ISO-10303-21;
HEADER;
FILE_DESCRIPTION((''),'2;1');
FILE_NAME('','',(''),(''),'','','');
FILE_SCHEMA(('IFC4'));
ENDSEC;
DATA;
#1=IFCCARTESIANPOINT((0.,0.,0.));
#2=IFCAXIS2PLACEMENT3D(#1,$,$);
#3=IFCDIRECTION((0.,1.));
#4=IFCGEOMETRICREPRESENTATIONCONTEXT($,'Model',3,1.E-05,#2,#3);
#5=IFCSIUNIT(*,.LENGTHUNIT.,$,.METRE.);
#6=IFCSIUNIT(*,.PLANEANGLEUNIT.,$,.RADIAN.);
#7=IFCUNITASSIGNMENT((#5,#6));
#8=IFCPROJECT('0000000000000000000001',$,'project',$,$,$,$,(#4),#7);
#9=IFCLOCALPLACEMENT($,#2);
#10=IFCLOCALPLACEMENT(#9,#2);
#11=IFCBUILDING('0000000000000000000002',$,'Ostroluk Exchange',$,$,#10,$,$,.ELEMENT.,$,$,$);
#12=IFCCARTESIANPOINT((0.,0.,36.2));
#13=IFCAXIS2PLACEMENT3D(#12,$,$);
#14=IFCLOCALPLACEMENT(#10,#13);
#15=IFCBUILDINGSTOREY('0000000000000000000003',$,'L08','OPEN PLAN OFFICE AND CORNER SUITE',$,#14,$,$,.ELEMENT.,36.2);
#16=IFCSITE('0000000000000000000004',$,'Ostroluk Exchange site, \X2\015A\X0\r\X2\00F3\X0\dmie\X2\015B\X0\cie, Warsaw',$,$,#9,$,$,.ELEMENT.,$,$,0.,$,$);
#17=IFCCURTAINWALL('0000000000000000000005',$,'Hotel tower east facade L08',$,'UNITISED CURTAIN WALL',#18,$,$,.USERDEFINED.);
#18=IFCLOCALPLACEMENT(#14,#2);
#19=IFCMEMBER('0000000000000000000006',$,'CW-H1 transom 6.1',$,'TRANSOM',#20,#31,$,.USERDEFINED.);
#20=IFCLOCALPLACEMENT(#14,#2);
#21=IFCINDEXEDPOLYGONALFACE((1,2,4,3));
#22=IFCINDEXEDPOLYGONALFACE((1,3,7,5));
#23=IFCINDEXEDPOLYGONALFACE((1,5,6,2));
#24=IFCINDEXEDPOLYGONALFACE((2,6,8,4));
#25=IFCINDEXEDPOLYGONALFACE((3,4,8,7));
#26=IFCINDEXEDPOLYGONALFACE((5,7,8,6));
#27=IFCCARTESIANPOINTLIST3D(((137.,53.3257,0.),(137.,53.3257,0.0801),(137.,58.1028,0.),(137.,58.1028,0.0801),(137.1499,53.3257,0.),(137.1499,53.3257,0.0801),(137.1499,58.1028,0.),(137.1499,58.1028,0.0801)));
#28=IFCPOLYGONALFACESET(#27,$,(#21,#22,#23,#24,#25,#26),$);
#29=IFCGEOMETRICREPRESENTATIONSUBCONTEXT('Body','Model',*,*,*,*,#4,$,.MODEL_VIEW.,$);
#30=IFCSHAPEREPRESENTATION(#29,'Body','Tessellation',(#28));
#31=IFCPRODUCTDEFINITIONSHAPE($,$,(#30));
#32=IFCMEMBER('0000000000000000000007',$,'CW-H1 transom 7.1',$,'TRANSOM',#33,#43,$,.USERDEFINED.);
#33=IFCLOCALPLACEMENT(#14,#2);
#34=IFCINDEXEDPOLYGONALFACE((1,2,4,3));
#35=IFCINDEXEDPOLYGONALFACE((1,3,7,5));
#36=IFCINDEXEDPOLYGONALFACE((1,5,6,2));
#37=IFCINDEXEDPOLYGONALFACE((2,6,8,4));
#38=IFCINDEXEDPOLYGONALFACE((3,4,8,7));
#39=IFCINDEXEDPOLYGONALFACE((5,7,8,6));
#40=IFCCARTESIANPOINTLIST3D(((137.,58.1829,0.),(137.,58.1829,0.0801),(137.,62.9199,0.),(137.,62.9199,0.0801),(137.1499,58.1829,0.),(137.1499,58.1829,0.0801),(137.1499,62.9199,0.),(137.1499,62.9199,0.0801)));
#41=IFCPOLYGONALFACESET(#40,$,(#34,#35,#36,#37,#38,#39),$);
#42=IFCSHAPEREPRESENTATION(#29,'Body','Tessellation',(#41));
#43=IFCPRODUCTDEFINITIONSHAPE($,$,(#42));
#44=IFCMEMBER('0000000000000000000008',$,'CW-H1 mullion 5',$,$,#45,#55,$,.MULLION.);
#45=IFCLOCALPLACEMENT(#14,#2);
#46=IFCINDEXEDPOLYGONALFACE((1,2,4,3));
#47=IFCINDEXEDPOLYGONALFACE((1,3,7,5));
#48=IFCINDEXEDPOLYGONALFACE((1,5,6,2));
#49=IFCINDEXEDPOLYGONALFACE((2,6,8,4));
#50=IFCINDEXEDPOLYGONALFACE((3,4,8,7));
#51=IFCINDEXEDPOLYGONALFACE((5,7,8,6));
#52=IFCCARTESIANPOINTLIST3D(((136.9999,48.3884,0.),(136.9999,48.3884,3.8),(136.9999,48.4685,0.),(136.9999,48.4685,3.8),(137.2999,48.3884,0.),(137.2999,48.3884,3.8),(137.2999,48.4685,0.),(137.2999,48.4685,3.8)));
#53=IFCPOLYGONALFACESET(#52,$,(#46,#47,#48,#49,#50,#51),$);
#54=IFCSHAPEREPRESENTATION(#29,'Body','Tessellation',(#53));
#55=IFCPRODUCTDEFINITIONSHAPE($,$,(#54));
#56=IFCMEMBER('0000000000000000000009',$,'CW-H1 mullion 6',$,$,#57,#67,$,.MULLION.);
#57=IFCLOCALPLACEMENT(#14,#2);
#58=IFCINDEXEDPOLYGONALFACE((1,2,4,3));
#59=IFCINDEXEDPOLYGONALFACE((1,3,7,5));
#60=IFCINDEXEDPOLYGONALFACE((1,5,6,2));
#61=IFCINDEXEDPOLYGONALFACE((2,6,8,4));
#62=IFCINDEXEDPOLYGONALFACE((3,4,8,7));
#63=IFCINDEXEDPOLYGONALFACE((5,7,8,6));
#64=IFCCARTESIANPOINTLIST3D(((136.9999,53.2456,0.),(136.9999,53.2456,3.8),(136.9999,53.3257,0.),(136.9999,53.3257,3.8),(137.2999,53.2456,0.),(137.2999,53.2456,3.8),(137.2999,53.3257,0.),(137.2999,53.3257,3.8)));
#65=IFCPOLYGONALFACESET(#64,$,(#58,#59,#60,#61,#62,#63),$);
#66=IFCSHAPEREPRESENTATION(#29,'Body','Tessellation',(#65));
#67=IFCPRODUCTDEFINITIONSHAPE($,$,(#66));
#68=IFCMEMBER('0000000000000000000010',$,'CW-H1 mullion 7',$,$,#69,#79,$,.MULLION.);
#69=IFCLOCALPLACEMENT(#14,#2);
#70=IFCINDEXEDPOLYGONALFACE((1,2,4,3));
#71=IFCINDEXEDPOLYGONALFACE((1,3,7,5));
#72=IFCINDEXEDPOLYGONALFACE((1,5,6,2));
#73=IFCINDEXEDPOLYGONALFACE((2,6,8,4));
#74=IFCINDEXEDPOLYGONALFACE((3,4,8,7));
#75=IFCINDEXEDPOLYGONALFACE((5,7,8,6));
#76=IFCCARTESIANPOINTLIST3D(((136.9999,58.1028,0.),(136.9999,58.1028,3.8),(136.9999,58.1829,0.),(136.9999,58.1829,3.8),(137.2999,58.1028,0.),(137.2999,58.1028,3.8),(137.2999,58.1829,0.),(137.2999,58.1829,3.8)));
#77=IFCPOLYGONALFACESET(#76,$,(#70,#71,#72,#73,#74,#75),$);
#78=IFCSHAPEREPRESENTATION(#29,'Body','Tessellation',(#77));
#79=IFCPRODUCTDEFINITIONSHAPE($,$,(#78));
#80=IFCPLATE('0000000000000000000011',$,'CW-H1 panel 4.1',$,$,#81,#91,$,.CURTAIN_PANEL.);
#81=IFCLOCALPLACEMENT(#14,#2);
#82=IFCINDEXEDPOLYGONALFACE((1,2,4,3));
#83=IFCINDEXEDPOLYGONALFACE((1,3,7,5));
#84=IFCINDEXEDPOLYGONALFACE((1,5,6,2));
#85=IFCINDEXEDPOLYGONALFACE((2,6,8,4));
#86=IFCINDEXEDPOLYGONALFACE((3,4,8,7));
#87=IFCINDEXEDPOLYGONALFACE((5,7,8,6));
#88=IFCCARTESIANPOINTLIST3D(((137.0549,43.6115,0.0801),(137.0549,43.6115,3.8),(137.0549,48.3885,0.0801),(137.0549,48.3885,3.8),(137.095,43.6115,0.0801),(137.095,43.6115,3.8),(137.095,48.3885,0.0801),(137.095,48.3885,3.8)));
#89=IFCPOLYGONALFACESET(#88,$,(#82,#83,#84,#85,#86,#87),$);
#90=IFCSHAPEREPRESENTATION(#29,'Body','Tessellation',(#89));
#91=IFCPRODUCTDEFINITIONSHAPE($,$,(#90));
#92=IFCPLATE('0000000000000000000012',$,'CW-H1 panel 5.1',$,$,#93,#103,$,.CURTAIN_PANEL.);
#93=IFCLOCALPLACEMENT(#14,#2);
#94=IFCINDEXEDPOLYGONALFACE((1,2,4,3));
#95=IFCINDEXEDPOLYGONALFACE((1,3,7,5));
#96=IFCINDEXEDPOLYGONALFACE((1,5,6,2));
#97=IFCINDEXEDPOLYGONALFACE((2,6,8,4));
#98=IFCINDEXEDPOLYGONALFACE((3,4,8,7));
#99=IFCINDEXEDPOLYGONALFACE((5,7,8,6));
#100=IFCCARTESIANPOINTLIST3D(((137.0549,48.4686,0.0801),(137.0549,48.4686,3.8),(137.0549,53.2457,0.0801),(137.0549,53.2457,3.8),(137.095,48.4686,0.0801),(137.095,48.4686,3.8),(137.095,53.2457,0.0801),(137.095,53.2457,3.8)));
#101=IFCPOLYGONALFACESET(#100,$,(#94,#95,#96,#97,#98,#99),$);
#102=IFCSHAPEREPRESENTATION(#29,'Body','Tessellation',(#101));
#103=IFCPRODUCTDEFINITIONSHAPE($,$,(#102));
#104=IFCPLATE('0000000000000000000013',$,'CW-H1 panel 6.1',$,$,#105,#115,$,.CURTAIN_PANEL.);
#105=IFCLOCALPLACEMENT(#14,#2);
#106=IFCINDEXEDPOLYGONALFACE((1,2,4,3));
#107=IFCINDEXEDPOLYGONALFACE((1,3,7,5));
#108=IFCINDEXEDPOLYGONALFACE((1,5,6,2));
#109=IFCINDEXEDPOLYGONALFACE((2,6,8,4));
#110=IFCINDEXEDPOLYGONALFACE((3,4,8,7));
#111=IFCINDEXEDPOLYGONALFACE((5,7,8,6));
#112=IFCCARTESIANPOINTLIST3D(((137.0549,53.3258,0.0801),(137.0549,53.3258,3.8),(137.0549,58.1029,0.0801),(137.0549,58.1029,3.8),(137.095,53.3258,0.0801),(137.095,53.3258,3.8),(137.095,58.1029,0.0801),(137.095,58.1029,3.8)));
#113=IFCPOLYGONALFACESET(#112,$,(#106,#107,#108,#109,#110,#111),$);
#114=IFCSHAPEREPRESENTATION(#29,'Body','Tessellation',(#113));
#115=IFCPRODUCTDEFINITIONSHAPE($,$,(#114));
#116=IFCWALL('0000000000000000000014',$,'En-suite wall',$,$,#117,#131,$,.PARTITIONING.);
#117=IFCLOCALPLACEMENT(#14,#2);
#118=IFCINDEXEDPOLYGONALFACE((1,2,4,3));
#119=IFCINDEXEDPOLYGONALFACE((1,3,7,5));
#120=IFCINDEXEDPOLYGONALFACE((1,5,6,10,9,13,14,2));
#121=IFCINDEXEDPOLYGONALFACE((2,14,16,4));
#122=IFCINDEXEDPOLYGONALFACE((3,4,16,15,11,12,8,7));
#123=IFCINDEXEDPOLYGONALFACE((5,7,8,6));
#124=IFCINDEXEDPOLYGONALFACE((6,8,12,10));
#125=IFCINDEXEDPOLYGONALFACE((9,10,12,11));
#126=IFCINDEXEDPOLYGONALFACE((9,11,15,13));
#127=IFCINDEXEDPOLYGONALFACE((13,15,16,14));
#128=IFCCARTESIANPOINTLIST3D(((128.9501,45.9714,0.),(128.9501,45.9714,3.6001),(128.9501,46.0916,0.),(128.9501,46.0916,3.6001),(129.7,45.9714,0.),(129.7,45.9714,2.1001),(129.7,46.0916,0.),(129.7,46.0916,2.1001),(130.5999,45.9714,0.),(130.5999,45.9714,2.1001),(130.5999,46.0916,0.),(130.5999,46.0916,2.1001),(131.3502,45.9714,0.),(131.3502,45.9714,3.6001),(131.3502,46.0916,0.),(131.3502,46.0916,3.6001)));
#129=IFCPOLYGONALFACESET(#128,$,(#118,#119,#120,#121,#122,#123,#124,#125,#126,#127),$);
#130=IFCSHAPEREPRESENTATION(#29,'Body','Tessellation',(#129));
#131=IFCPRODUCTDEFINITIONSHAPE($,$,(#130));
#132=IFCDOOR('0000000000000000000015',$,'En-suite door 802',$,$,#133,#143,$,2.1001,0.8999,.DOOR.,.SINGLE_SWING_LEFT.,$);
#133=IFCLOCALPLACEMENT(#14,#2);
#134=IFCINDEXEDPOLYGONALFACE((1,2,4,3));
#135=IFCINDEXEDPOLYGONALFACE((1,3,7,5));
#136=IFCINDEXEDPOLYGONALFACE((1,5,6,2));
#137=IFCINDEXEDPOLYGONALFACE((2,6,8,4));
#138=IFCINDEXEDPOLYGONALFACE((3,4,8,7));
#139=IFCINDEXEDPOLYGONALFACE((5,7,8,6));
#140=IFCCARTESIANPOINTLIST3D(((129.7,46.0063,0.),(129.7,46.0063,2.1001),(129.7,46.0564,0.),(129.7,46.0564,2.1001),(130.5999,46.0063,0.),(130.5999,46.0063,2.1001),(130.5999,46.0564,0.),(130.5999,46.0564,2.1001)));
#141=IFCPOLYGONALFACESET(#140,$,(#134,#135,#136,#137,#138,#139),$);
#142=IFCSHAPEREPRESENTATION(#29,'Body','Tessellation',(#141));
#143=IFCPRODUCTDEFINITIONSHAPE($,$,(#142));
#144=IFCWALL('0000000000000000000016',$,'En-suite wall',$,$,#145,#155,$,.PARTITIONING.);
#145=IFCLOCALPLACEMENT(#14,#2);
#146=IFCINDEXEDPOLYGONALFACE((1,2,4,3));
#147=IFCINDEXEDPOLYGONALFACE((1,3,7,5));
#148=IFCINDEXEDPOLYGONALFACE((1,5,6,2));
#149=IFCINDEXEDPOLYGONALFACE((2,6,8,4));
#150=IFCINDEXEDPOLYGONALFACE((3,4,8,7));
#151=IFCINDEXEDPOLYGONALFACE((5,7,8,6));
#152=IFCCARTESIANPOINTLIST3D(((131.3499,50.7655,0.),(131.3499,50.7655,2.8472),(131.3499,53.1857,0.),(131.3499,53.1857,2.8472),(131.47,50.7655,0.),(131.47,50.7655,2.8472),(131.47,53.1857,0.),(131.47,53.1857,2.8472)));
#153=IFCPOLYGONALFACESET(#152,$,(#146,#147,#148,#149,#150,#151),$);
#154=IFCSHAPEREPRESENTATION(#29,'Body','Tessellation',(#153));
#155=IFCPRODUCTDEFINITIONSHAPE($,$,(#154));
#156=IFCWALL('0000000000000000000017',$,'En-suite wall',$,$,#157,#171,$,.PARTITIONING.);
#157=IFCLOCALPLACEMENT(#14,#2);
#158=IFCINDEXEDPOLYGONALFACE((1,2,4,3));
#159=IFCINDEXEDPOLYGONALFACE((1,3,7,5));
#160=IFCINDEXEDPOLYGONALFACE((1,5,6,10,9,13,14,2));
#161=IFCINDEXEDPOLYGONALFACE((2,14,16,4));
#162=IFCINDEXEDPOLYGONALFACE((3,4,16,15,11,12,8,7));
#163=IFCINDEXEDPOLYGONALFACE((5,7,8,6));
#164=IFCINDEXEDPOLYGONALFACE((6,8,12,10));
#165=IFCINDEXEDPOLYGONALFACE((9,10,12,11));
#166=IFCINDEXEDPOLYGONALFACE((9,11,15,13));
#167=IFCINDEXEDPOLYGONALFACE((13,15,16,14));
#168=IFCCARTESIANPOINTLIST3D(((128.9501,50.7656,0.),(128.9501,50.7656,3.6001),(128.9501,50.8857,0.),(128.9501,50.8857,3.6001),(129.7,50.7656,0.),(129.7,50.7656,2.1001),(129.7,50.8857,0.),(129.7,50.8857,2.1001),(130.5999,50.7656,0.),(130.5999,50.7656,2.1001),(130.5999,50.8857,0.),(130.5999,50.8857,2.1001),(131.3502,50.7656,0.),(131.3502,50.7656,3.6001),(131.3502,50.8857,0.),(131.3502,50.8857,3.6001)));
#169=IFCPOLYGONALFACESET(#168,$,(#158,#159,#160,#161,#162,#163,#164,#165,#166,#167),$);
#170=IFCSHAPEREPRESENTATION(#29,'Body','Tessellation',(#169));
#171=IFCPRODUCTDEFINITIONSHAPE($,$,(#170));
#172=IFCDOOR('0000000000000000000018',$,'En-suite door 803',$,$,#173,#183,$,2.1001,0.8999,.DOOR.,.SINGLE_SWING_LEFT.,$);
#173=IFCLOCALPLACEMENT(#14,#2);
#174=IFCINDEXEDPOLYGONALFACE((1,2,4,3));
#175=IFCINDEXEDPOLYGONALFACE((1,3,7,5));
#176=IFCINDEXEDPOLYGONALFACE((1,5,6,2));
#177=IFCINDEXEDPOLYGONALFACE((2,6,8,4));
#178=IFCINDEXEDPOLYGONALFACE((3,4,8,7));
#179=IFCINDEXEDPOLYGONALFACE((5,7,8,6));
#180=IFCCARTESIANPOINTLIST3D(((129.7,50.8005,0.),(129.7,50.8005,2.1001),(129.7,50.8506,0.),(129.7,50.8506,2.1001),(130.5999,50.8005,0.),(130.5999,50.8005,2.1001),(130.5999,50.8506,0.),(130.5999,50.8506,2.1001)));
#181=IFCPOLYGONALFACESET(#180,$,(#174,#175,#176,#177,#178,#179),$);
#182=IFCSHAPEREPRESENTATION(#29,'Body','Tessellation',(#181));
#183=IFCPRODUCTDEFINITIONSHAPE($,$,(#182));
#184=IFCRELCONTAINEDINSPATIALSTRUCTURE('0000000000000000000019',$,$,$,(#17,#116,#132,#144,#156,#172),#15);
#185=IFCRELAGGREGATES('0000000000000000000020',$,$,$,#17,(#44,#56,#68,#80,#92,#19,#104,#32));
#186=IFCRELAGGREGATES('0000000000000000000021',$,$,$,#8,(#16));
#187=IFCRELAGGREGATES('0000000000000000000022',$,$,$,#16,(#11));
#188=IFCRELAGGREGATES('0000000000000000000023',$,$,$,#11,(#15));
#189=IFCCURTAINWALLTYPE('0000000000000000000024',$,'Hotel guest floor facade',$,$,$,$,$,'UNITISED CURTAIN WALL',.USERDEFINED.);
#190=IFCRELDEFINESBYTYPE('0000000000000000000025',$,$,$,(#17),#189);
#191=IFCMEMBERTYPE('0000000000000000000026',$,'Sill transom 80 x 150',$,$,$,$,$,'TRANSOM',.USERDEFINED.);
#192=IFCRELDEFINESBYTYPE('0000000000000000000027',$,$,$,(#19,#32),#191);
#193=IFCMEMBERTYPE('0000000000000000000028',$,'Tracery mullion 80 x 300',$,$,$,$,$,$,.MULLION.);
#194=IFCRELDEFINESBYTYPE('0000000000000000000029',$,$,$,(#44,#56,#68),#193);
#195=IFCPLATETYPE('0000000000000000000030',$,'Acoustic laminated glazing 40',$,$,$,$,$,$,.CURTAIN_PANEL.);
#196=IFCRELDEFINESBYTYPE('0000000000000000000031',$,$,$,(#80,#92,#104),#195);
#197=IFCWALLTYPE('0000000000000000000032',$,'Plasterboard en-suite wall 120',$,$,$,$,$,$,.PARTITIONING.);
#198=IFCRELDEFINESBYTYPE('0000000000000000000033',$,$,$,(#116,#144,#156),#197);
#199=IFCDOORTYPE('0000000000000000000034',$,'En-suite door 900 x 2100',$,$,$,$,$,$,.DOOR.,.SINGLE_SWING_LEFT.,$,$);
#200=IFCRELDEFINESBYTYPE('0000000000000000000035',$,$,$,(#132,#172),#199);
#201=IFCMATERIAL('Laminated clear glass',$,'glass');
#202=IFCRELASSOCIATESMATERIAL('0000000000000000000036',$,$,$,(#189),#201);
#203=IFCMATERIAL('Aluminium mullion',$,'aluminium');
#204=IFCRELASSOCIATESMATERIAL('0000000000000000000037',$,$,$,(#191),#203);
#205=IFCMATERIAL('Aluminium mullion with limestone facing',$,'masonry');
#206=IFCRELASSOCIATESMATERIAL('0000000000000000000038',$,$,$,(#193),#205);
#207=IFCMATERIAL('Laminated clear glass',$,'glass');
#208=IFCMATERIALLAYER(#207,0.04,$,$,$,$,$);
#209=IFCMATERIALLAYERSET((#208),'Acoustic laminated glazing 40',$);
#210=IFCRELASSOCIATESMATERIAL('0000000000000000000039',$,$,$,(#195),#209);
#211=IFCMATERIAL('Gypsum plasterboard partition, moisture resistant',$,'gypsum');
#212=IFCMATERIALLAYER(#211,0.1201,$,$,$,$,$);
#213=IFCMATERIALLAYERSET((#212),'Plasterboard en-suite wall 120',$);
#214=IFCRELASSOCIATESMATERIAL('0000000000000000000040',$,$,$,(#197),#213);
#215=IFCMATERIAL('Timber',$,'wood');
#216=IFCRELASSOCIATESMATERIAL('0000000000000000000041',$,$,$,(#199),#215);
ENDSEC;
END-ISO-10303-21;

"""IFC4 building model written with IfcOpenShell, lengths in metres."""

from ifc_helpers import new_model, si_unit, direction, frame, frame_2d, origin, origin_2d, place, context, subcontext, project, spatial, rectangle, extrude, material, layer, layer_set, material_profile, profile_set, type_object, element, fill, aggregate, save


model = new_model("IFC4")

# Units and contexts
model_context = context("Model", 3, precision=1e-05, world=origin(), true_north=direction((0.0, 1.0)))
body_context = subcontext(model_context, "Body", "Model", "MODEL_VIEW")
ifc_project = project(units=[si_unit("LENGTHUNIT", "METRE"), si_unit("PLANEANGLEUNIT", "RADIAN")], contexts=[model_context])

# Site, building, storey
site_placement = place(None, origin())
site = spatial("IfcSite", under=ifc_project, at=site_placement, Name="Ostroluk Exchange site, Śródmieście, Warsaw", CompositionType="ELEMENT", RefElevation=0.0)
building_placement = place(site_placement, origin())
building = spatial("IfcBuilding", under=site, at=building_placement, Name="Ostroluk Exchange", CompositionType="ELEMENT")
storey_placement = place(building_placement, frame((0.0, 0.0, 36.2)))
storey = spatial("IfcBuildingStorey", under=building, at=storey_placement, Name="L08", Description="OPEN PLAN OFFICE AND CORNER SUITE", CompositionType="ELEMENT", Elevation=36.2)

# Curtain wall, members, plates
ifc_material_1 = material(Name="Laminated clear glass", Category="glass")
curtain_wall_type = type_object("IfcCurtainWallType", Name="Hotel guest floor facade", ElementType="UNITISED CURTAIN WALL", PredefinedType="USERDEFINED", material=ifc_material_1)
curtain_wall_placement = place(storey_placement, origin())
curtain_wall = element("IfcCurtainWall", 1, at=curtain_wall_placement, inside=storey, type_object=curtain_wall_type, Name="Hotel tower east facade L08", ObjectType="UNITISED CURTAIN WALL", PredefinedType="USERDEFINED")
ifc_material_2 = material(Name="Aluminium mullion", Category="aluminium")
ifc_material_profile_1 = material_profile(ifc_material_2, rectangle(XDim=0.1499, YDim=0.0801, at=origin_2d()), Name="Sill transom 80 x 150")
ifc_profile_set_1 = profile_set([ifc_material_profile_1], Name="Aluminium mullion")
member_type_1 = type_object("IfcMemberType", Name="Sill transom 80 x 150", ElementType="TRANSOM", PredefinedType="USERDEFINED", material=ifc_profile_set_1)
member_1_placement = place(storey_placement, frame((137.075, 53.3257, 0.04), z_axis=(0.0, 1.0, 0.0), x_axis=(-1.0, 0.0, 0.0)))
member_1 = element("IfcMember", 2, at=member_1_placement, type_object=member_type_1, Name="CW-H1 transom 6.1", ObjectType="TRANSOM", PredefinedType="USERDEFINED", context=body_context, shape_type="SweptSolid", body=[
    extrude(rectangle(XDim=0.1499, YDim=0.0801, at=origin_2d()), origin(), (0.0, 0.0, 1.0), 4.7771),
])
member_2_placement = place(storey_placement, frame((137.075, 58.1829, 0.04), z_axis=(0.0, 1.0, 0.0), x_axis=(-1.0, 0.0, 0.0)))
member_2 = element("IfcMember", 3, at=member_2_placement, type_object=member_type_1, Name="CW-H1 transom 7.1", ObjectType="TRANSOM", PredefinedType="USERDEFINED", context=body_context, shape_type="SweptSolid", body=[
    extrude(rectangle(XDim=0.1499, YDim=0.0801, at=origin_2d()), origin(), (0.0, 0.0, 1.0), 4.7371),
])
ifc_material_3 = material(Name="Aluminium mullion with limestone facing", Category="masonry")
ifc_material_profile_2 = material_profile(ifc_material_3, rectangle(XDim=0.3, YDim=0.0801, at=origin_2d()), Name="Tracery mullion 80 x 300")
ifc_profile_set_2 = profile_set([ifc_material_profile_2], Name="Aluminium mullion with limestone facing")
member_type_2 = type_object("IfcMemberType", Name="Tracery mullion 80 x 300", PredefinedType="MULLION", material=ifc_profile_set_2)
member_3_placement = place(storey_placement, frame((137.1499, 48.4285, 0.0), z_axis=(0.0, 0.0, 1.0), x_axis=(-1.0, 0.0, 0.0)))
member_3 = element("IfcMember", 4, at=member_3_placement, type_object=member_type_2, Name="CW-H1 mullion 5", PredefinedType="MULLION", context=body_context, shape_type="SweptSolid", body=[
    extrude(rectangle(XDim=0.3, YDim=0.0801, at=origin_2d()), origin(), (0.0, 0.0, 1.0), 3.8),
])
member_4_placement = place(storey_placement, frame((137.1499, 53.2856, 0.0), z_axis=(0.0, 0.0, 1.0), x_axis=(-1.0, 0.0, 0.0)))
member_4 = element("IfcMember", 5, at=member_4_placement, type_object=member_type_2, Name="CW-H1 mullion 6", PredefinedType="MULLION", context=body_context, shape_type="SweptSolid", body=[
    extrude(rectangle(XDim=0.3, YDim=0.0801, at=origin_2d()), origin(), (0.0, 0.0, 1.0), 3.8),
])
member_5_placement = place(storey_placement, frame((137.1499, 58.1428, 0.0), z_axis=(0.0, 0.0, 1.0), x_axis=(-1.0, 0.0, 0.0)))
member_5 = element("IfcMember", 6, at=member_5_placement, type_object=member_type_2, Name="CW-H1 mullion 7", PredefinedType="MULLION", context=body_context, shape_type="SweptSolid", body=[
    extrude(rectangle(XDim=0.3, YDim=0.0801, at=origin_2d()), origin(), (0.0, 0.0, 1.0), 3.8),
])
ifc_material_4 = material(Name="Laminated clear glass", Category="glass")
ifc_layer_1 = layer(ifc_material_4, 0.04)
ifc_layer_set_1 = layer_set([ifc_layer_1], Name="Acoustic laminated glazing 40")
plate_type = type_object("IfcPlateType", Name="Acoustic laminated glazing 40", PredefinedType="CURTAIN_PANEL", material=ifc_layer_set_1)
plate_1_placement = place(storey_placement, frame((137.075, 46.0, 0.0801), z_axis=(0.0, 0.0, 1.0), x_axis=(0.0, 1.0, 0.0)))
plate_1 = element("IfcPlate", 7, at=plate_1_placement, type_object=plate_type, Name="CW-H1 panel 4.1", PredefinedType="CURTAIN_PANEL", context=body_context, shape_type="SweptSolid", body=[
    extrude(rectangle(XDim=4.7771, YDim=0.04, at=origin_2d()), origin(), (0.0, 0.0, 1.0), 3.72),
])
plate_2_placement = place(storey_placement, frame((137.075, 50.8572, 0.0801), z_axis=(0.0, 0.0, 1.0), x_axis=(0.0, 1.0, 0.0)))
plate_2 = element("IfcPlate", 8, at=plate_2_placement, type_object=plate_type, Name="CW-H1 panel 5.1", PredefinedType="CURTAIN_PANEL", context=body_context, shape_type="SweptSolid", body=[
    extrude(rectangle(XDim=4.7771, YDim=0.04, at=origin_2d()), origin(), (0.0, 0.0, 1.0), 3.72),
])
plate_3_placement = place(storey_placement, frame((137.075, 55.7144, 0.0801), z_axis=(0.0, 0.0, 1.0), x_axis=(0.0, 1.0, 0.0)))
plate_3 = element("IfcPlate", 9, at=plate_3_placement, type_object=plate_type, Name="CW-H1 panel 6.1", PredefinedType="CURTAIN_PANEL", context=body_context, shape_type="SweptSolid", body=[
    extrude(rectangle(XDim=4.7771, YDim=0.04, at=origin_2d()), origin(), (0.0, 0.0, 1.0), 3.72),
])
aggregate(curtain_wall, [member_3, member_4, member_5, plate_1, plate_2, member_1, plate_3, member_2])

# Wall, opening, door
ifc_material_5 = material(Name="Gypsum plasterboard partition, moisture resistant", Category="gypsum")
ifc_layer_2 = layer(ifc_material_5, 0.1201)
ifc_layer_set_2 = layer_set([ifc_layer_2], Name="Plasterboard en-suite wall 120")
wall_type_1 = type_object("IfcWallType", Name="Plasterboard en-suite wall 120", PredefinedType="PARTITIONING", material=ifc_layer_set_2)
wall_1_placement = place(storey_placement, frame((128.95, 46.0315, 0.0), z_axis=(0.0, 0.0, 1.0), x_axis=(1.0, 0.0, 0.0)))
wall_1 = element("IfcWall", 10, at=wall_1_placement, inside=storey, type_object=wall_type_1, Name="En-suite wall", PredefinedType="PARTITIONING", context=body_context, shape_type="SweptSolid", body=[
    extrude(rectangle(XDim=2.4001, YDim=0.1201, at=frame_2d((1.2002, 0.0))), origin(), (0.0, 0.0, 1.0), 3.6001),
])
opening_1_placement = place(wall_1_placement, frame((0.75, 0.0, 0.0)))
opening_1 = element("IfcOpeningElement", 11, at=opening_1_placement, cuts=wall_1, PredefinedType="OPENING", context=body_context, shape_type="SweptSolid", body=[
    extrude(rectangle(XDim=0.8999, YDim=2.1001, at=frame_2d((0.45, 1.05))), frame((0.0, 0.0701, 0.0), z_axis=(0.0, -1.0, 0.0), x_axis=(1.0, 0.0, 0.0)), (0.0, 0.0, 1.0), 0.1401),
])
ifc_material_6 = material(Name="Timber", Category="wood")
door_type_1 = type_object("IfcDoorType", Name="En-suite door 900 x 2100", OperationType="SINGLE_SWING_LEFT", PredefinedType="DOOR", material=ifc_material_6)
door_1_placement = place(opening_1_placement, origin())
door_1 = element("IfcDoor", 12, at=door_1_placement, inside=storey, type_object=door_type_1, Name="En-suite door 802", OperationType="SINGLE_SWING_LEFT", OverallHeight=2.1001, OverallWidth=0.8999, PredefinedType="DOOR", context=body_context, shape_type="SweptSolid", body=[
    extrude(rectangle(XDim=0.8999, YDim=2.1001, at=frame_2d((0.45, 1.05))), frame((0.0, 0.0249, 0.0), z_axis=(0.0, -1.0, 0.0), x_axis=(1.0, 0.0, 0.0)), (0.0, 0.0, 1.0), 0.05),
])
fill(opening_1, door_1)

# Wall
wall_2_placement = place(storey_placement, frame((131.4099, 50.7656, 0.0), z_axis=(0.0, 0.0, 1.0), x_axis=(0.0, 1.0, 0.0)))
element("IfcWall", 13, at=wall_2_placement, inside=storey, type_object=wall_type_1, Name="En-suite wall", PredefinedType="PARTITIONING", context=body_context, shape_type="SweptSolid", body=[
    extrude(rectangle(XDim=2.4202, YDim=0.1201, at=frame_2d((1.21, 0.0))), origin(), (0.0, 0.0, 1.0), 2.8472),
])

# Wall, opening, door
wall_3_placement = place(storey_placement, frame((128.95, 50.8257, 0.0), z_axis=(0.0, 0.0, 1.0), x_axis=(1.0, 0.0, 0.0)))
wall_3 = element("IfcWall", 14, at=wall_3_placement, inside=storey, type_object=wall_type_1, Name="En-suite wall", PredefinedType="PARTITIONING", context=body_context, shape_type="SweptSolid", body=[
    extrude(rectangle(XDim=2.4001, YDim=0.1201, at=frame_2d((1.2002, 0.0))), origin(), (0.0, 0.0, 1.0), 3.6001),
])
opening_2_placement = place(wall_3_placement, frame((0.75, 0.0, 0.0)))
opening_2 = element("IfcOpeningElement", 15, at=opening_2_placement, cuts=wall_3, PredefinedType="OPENING", context=body_context, shape_type="SweptSolid", body=[
    extrude(rectangle(XDim=0.8999, YDim=2.1001, at=frame_2d((0.45, 1.05))), frame((0.0, 0.0701, 0.0), z_axis=(0.0, -1.0, 0.0), x_axis=(1.0, 0.0, 0.0)), (0.0, 0.0, 1.0), 0.1401),
])
door_2_placement = place(opening_2_placement, origin())
door_2 = element("IfcDoor", 16, at=door_2_placement, inside=storey, type_object=door_type_1, Name="En-suite door 803", OperationType="SINGLE_SWING_LEFT", OverallHeight=2.1001, OverallWidth=0.8999, PredefinedType="DOOR", context=body_context, shape_type="SweptSolid", body=[
    extrude(rectangle(XDim=0.8999, YDim=2.1001, at=frame_2d((0.45, 1.05))), frame((0.0, 0.0249, 0.0), z_axis=(0.0, -1.0, 0.0), x_axis=(1.0, 0.0, 0.0)), (0.0, 0.0, 1.0), 0.05),
])
fill(opening_2, door_2)

save(model, "model.ifc")
